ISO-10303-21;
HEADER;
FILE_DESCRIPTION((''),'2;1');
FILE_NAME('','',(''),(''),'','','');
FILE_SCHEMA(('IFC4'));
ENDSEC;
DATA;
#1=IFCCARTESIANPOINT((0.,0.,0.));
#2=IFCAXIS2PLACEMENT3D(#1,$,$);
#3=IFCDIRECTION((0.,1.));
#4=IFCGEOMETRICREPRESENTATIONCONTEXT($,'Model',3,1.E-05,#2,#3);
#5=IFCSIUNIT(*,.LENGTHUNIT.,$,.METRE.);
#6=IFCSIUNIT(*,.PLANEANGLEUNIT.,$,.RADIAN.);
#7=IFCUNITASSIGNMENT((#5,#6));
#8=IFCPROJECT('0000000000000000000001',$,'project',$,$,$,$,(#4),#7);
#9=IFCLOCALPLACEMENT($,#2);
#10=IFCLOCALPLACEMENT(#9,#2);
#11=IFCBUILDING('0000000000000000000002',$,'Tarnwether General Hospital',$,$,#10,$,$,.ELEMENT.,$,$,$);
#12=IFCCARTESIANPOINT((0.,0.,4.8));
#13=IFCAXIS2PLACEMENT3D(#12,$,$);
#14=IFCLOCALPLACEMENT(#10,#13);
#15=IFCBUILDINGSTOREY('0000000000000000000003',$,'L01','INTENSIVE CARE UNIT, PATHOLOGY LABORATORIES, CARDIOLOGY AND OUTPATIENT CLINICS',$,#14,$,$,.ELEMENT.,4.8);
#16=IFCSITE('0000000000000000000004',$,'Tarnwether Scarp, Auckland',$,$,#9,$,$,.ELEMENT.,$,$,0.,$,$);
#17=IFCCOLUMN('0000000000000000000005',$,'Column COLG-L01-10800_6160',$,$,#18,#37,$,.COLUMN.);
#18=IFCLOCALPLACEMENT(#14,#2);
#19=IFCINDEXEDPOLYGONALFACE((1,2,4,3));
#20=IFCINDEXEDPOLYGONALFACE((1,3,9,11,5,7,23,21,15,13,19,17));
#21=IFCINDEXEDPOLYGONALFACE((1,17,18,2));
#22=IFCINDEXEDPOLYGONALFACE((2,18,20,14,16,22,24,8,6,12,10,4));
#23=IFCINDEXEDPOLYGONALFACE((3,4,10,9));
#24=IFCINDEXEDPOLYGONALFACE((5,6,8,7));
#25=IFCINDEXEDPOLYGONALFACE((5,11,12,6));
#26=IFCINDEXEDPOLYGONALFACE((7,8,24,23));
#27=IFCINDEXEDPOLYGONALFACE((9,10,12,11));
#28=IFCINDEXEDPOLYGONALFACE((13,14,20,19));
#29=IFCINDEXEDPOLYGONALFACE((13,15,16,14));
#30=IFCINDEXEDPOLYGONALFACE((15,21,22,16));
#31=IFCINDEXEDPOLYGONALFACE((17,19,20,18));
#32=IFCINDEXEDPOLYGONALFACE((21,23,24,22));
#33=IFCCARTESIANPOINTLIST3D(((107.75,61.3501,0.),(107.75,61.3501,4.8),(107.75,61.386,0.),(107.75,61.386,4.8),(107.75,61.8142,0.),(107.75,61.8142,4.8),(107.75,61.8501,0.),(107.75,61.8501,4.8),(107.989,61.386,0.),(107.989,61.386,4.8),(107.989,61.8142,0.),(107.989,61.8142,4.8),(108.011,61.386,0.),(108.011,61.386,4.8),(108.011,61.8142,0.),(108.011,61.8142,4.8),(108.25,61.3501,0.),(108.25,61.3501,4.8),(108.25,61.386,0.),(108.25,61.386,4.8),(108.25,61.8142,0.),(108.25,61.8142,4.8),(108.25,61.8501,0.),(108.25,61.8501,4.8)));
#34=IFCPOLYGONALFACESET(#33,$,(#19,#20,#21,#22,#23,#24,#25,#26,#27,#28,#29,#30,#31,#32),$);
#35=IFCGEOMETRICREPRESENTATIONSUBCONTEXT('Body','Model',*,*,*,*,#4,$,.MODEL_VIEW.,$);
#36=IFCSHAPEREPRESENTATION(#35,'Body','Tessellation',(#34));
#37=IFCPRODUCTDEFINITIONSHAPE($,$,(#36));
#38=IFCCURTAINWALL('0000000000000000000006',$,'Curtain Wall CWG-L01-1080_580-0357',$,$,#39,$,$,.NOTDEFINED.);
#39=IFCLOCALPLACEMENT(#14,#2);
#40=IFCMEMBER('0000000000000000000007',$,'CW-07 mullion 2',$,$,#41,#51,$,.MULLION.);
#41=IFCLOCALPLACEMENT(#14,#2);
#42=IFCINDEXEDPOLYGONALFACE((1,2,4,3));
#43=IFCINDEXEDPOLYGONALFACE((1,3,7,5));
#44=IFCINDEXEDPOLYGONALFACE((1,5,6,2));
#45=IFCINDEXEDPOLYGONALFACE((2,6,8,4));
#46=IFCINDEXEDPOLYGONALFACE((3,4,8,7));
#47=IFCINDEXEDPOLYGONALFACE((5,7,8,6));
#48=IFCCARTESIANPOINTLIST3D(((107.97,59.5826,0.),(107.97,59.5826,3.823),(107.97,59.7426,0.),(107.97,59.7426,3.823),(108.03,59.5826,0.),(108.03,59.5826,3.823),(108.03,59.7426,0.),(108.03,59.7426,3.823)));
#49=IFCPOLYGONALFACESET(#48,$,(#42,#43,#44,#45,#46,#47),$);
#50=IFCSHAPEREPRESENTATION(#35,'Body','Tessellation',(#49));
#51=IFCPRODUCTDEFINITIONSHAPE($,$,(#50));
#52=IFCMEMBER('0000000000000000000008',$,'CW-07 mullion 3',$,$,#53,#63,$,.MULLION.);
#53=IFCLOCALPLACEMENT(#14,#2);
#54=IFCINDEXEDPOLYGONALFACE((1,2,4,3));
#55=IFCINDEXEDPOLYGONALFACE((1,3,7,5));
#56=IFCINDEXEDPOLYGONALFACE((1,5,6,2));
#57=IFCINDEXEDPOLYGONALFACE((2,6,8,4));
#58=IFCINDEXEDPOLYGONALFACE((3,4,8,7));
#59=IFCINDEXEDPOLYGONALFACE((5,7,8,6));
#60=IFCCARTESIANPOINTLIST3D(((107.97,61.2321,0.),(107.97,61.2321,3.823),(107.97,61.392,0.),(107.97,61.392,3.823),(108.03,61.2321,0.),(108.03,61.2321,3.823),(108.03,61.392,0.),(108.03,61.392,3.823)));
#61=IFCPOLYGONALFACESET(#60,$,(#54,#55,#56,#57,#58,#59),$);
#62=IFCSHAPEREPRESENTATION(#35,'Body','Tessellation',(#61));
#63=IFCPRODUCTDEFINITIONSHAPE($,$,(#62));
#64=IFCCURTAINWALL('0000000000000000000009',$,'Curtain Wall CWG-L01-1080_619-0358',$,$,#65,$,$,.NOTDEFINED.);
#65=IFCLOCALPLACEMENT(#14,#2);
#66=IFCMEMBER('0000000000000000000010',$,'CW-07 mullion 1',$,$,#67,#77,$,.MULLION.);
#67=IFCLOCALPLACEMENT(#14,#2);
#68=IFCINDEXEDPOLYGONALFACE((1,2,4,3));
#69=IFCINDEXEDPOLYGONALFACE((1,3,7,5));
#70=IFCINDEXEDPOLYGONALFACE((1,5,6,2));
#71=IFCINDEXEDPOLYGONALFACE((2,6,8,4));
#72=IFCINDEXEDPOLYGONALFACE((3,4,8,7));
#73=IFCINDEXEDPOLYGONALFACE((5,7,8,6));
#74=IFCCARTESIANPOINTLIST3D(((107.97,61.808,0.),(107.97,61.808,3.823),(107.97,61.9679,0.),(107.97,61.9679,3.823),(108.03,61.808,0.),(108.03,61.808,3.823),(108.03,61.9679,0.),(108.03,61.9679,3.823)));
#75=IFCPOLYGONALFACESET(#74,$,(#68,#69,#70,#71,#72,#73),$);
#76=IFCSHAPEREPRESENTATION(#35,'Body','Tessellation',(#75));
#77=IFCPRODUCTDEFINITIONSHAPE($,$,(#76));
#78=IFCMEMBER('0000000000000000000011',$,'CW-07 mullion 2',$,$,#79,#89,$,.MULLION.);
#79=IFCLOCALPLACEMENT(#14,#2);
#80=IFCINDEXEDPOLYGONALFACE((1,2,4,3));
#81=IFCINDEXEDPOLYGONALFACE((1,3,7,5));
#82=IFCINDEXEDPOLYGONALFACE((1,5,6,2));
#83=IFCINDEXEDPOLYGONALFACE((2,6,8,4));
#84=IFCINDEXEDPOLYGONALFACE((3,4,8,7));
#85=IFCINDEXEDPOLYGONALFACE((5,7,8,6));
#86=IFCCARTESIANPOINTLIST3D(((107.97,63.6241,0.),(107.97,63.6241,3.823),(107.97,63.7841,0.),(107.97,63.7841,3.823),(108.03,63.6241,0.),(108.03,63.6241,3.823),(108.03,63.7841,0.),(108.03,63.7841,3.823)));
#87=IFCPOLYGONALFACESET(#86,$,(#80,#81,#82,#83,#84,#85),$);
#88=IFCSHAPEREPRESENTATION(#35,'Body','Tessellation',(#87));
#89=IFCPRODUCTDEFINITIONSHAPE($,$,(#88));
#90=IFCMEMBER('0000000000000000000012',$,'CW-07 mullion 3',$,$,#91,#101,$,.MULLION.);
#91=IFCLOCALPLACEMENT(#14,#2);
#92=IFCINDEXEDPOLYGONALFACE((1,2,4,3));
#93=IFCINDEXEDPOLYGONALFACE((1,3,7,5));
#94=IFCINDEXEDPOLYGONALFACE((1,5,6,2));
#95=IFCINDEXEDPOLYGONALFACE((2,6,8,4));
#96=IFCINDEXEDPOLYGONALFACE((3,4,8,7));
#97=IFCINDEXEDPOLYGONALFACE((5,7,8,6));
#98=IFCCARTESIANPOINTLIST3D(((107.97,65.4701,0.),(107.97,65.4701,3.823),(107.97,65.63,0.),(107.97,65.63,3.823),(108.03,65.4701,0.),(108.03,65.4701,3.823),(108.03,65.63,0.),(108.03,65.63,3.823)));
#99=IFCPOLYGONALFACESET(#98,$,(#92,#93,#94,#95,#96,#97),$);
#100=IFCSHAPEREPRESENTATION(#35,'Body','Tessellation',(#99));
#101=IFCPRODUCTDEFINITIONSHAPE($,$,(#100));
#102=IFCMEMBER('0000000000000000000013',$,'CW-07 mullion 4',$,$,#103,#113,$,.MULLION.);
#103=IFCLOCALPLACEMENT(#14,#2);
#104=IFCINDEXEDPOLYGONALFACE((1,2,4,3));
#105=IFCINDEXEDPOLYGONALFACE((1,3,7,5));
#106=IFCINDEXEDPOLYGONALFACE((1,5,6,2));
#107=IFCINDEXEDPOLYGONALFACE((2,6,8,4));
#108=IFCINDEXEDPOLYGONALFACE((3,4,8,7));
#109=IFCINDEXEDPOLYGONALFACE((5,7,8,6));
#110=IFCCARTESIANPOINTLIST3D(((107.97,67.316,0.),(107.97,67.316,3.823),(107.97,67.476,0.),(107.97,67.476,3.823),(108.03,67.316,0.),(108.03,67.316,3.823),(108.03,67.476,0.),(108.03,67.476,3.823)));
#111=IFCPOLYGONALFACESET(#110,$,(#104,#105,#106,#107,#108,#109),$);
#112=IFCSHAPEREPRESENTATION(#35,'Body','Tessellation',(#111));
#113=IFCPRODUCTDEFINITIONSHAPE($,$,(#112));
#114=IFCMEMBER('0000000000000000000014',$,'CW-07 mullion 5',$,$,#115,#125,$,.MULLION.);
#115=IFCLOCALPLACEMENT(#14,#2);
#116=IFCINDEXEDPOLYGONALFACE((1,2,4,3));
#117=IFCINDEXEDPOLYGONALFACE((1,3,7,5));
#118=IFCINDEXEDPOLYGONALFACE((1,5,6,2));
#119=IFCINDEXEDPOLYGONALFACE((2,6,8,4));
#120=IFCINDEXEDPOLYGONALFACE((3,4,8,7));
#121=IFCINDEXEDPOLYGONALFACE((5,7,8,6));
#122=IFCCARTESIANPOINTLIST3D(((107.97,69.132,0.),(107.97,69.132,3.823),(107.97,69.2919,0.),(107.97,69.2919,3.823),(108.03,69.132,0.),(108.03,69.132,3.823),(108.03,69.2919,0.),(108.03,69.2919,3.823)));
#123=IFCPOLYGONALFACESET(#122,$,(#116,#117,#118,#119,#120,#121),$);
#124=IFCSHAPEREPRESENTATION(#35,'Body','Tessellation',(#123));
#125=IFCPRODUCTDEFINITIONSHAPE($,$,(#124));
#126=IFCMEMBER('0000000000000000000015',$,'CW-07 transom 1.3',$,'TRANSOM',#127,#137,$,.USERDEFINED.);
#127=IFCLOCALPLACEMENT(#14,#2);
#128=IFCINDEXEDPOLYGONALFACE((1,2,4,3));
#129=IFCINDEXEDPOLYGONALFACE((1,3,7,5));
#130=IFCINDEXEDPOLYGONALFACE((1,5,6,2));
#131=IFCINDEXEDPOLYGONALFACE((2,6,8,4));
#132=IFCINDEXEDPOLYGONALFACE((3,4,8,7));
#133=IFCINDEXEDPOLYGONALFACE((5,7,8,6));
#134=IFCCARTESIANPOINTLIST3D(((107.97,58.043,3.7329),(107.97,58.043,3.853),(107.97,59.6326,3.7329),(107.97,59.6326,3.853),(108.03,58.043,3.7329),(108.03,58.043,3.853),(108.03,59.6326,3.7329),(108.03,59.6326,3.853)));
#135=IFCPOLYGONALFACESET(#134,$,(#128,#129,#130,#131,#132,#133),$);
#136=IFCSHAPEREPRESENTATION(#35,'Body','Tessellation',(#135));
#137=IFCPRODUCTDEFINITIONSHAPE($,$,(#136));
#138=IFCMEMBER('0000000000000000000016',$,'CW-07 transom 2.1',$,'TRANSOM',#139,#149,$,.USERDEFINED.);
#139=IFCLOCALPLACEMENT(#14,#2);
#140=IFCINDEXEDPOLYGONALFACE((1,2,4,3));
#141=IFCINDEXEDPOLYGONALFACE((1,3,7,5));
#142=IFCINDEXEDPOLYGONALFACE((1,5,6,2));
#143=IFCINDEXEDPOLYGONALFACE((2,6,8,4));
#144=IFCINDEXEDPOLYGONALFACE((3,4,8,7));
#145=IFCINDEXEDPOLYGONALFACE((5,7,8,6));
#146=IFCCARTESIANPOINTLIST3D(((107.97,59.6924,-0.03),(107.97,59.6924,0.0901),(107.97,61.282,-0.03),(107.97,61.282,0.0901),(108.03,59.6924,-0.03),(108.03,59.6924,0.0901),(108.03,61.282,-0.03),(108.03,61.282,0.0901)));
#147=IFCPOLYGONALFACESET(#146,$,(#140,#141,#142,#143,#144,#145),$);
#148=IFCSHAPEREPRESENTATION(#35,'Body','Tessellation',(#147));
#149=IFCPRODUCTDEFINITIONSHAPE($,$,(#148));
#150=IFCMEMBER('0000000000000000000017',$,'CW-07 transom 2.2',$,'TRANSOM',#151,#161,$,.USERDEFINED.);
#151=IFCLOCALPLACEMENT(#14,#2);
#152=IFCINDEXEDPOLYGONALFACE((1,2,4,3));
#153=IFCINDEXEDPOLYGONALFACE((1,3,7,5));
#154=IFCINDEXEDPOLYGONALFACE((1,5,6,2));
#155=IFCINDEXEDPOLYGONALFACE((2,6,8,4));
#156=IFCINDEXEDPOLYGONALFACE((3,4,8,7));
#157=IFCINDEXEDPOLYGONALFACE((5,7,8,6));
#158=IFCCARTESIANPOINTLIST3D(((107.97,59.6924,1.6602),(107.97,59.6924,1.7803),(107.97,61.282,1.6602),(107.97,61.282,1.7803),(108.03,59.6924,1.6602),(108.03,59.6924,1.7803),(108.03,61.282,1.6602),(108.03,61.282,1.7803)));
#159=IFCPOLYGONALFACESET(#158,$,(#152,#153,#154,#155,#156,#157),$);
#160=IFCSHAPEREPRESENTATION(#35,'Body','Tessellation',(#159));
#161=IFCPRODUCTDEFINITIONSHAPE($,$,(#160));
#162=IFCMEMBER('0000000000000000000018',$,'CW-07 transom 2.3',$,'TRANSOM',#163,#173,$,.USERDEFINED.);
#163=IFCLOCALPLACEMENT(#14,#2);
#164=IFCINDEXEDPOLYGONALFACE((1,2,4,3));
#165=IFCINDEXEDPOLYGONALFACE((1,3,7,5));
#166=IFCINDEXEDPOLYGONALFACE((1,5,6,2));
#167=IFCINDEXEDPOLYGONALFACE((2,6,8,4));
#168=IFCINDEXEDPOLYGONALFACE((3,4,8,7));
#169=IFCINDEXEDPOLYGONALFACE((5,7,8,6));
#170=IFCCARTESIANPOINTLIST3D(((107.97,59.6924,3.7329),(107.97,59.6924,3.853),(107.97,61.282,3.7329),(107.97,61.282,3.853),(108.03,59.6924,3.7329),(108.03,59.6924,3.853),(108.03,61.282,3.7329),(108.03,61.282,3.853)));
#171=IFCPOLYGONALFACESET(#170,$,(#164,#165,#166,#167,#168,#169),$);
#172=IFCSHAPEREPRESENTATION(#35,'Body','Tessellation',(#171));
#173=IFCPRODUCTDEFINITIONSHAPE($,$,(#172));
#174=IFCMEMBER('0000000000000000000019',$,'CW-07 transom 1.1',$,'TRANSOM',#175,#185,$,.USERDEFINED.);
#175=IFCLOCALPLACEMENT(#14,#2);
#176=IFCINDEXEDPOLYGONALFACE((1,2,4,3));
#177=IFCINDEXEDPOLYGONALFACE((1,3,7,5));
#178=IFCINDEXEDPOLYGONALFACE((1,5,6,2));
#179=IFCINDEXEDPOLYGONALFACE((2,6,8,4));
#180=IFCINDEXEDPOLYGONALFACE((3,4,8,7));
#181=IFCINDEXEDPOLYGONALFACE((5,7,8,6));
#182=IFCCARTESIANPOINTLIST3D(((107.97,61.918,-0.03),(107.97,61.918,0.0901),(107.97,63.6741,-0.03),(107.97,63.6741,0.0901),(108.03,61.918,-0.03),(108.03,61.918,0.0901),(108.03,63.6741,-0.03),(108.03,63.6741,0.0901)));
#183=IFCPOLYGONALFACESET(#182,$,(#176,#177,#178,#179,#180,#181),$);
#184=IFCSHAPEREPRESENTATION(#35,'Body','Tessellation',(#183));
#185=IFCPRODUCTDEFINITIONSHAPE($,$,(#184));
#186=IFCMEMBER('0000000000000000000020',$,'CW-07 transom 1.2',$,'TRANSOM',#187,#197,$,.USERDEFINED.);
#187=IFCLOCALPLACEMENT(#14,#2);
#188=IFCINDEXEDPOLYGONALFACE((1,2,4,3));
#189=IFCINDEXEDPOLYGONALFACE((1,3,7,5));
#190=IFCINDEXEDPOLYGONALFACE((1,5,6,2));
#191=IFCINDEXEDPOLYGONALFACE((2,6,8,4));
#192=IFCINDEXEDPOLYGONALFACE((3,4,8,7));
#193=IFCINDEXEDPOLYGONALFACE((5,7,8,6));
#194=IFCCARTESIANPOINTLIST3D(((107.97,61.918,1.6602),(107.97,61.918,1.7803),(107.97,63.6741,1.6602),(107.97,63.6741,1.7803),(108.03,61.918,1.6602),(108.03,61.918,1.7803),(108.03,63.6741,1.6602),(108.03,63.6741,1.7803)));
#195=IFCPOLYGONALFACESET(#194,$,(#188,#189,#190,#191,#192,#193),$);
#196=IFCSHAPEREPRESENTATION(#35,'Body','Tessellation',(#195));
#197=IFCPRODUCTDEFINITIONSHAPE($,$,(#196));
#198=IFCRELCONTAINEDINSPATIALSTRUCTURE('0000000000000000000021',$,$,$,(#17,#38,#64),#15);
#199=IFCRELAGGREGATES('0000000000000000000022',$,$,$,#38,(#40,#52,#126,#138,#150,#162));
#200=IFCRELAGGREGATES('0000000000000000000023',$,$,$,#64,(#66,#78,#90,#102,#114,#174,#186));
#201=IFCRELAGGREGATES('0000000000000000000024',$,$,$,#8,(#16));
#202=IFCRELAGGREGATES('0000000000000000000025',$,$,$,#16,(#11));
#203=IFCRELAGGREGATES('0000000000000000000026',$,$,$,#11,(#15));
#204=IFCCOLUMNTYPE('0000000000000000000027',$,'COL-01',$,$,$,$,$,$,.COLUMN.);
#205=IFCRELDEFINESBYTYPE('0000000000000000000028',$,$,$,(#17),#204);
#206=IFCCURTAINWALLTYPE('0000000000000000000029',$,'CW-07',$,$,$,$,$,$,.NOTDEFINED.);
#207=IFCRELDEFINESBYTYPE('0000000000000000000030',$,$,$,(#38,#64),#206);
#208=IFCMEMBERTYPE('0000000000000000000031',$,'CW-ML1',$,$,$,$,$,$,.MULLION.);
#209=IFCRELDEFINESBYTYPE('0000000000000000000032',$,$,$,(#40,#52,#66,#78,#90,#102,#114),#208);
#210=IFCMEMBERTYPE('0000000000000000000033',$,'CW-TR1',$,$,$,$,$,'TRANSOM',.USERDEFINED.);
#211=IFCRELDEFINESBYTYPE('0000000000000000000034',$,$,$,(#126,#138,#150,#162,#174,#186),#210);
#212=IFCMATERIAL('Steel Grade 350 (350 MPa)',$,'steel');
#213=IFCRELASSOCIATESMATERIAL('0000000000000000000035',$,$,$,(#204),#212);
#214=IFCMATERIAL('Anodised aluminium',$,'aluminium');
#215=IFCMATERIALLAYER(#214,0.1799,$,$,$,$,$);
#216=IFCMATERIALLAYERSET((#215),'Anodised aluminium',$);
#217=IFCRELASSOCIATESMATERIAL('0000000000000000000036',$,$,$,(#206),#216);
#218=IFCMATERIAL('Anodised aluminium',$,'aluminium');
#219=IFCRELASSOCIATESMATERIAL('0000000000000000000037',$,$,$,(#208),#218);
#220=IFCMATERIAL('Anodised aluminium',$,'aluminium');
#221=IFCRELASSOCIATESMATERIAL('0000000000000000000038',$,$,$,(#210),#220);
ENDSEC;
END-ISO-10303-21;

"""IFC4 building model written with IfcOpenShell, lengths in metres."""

from ifc_helpers import new_model, si_unit, direction, frame, origin, origin_2d, place, context, subcontext, project, spatial, rectangle, i_section, extrude, material, layer, layer_set, material_profile, profile_set, type_object, element, aggregate, save


model = new_model("IFC4")

# Units and contexts
model_context = context("Model", 3, precision=1e-05, world=origin(), true_north=direction((0.0, 1.0)))
body_context = subcontext(model_context, "Body", "Model", "MODEL_VIEW")
ifc_project = project(units=[si_unit("LENGTHUNIT", "METRE"), si_unit("PLANEANGLEUNIT", "RADIAN")], contexts=[model_context])

# Site, building, storey
site_placement = place(None, origin())
site = spatial("IfcSite", under=ifc_project, at=site_placement, Name="Tarnwether Scarp, Auckland", CompositionType="ELEMENT", RefElevation=0.0)
building_placement = place(site_placement, origin())
building = spatial("IfcBuilding", under=site, at=building_placement, Name="Tarnwether General Hospital", CompositionType="ELEMENT")
storey_placement = place(building_placement, frame((0.0, 0.0, 4.8)))
storey = spatial("IfcBuildingStorey", under=building, at=storey_placement, Name="L01", Description="INTENSIVE CARE UNIT, PATHOLOGY LABORATORIES, CARDIOLOGY AND OUTPATIENT CLINICS", CompositionType="ELEMENT", Elevation=4.8)

# Column
ifc_material_1 = material(Name="Steel Grade 350 (350 MPa)", Category="steel")
ifc_material_profile_1 = material_profile(ifc_material_1, i_section(OverallWidth=0.5, OverallDepth=0.5, WebThickness=0.022, FlangeThickness=0.0359, at=origin_2d()), Name="500WC380")
ifc_profile_set_1 = profile_set([ifc_material_profile_1], Name="Steel Grade 350 (350 MPa)")
column_type = type_object("IfcColumnType", Name="COL-01", PredefinedType="COLUMN", material=ifc_profile_set_1)
column_placement = place(storey_placement, frame((108.0, 61.6001, 0.0), z_axis=(0.0, 0.0, 1.0), x_axis=(1.0, 0.0, 0.0)))
element("IfcColumn", 1, at=column_placement, inside=storey, type_object=column_type, Name="Column COLG-L01-10800_6160", PredefinedType="COLUMN", context=body_context, shape_type="SweptSolid", body=[
    extrude(i_section(OverallWidth=0.5, OverallDepth=0.5, WebThickness=0.022, FlangeThickness=0.0359, at=origin_2d()), origin(), (0.0, 0.0, 1.0), 4.8),
])

# Curtain walls, members
ifc_material_2 = material(Name="Anodised aluminium", Category="aluminium")
ifc_layer_1 = layer(ifc_material_2, 0.1799)
ifc_layer_set_1 = layer_set([ifc_layer_1], Name="Anodised aluminium")
curtain_wall_type = type_object("IfcCurtainWallType", Name="CW-07", PredefinedType="NOTDEFINED", material=ifc_layer_set_1)
curtain_wall_1_placement = place(storey_placement, origin())
curtain_wall_1 = element("IfcCurtainWall", 2, at=curtain_wall_1_placement, inside=storey, type_object=curtain_wall_type, Name="Curtain Wall CWG-L01-1080_580-0357", PredefinedType="NOTDEFINED")
ifc_material_3 = material(Name="Anodised aluminium", Category="aluminium")
ifc_material_profile_2 = material_profile(ifc_material_3, rectangle(XDim=0.0601, YDim=0.1599, at=origin_2d()), Name="ALU-MUL-60x160")
ifc_profile_set_2 = profile_set([ifc_material_profile_2], Name="Anodised aluminium")
member_type_1 = type_object("IfcMemberType", Name="CW-ML1", PredefinedType="MULLION", material=ifc_profile_set_2)
member_1_placement = place(storey_placement, frame((108.0, 59.6626, 0.0), z_axis=(0.0, 0.0, 1.0), x_axis=(-1.0, 0.0, 0.0)))
member_1 = element("IfcMember", 3, at=member_1_placement, type_object=member_type_1, Name="CW-07 mullion 2", PredefinedType="MULLION", context=body_context, shape_type="SweptSolid", body=[
    extrude(rectangle(XDim=0.0601, YDim=0.1599, at=origin_2d()), origin(), (0.0, 0.0, 1.0), 3.823),
])
member_2_placement = place(storey_placement, frame((108.0, 61.312, 0.0), z_axis=(0.0, 0.0, 1.0), x_axis=(-1.0, 0.0, 0.0)))
member_2 = element("IfcMember", 4, at=member_2_placement, type_object=member_type_1, Name="CW-07 mullion 3", PredefinedType="MULLION", context=body_context, shape_type="SweptSolid", body=[
    extrude(rectangle(XDim=0.0601, YDim=0.1599, at=origin_2d()), origin(), (0.0, 0.0, 1.0), 3.823),
])
curtain_wall_2_placement = place(storey_placement, origin())
curtain_wall_2 = element("IfcCurtainWall", 5, at=curtain_wall_2_placement, inside=storey, type_object=curtain_wall_type, Name="Curtain Wall CWG-L01-1080_619-0358", PredefinedType="NOTDEFINED")
member_3_placement = place(storey_placement, frame((108.0, 61.8879, 0.0), z_axis=(0.0, 0.0, 1.0), x_axis=(-1.0, 0.0, 0.0)))
member_3 = element("IfcMember", 6, at=member_3_placement, type_object=member_type_1, Name="CW-07 mullion 1", PredefinedType="MULLION", context=body_context, shape_type="SweptSolid", body=[
    extrude(rectangle(XDim=0.0601, YDim=0.1599, at=origin_2d()), origin(), (0.0, 0.0, 1.0), 3.823),
])
member_4_placement = place(storey_placement, frame((108.0, 63.7041, 0.0), z_axis=(0.0, 0.0, 1.0), x_axis=(-1.0, 0.0, 0.0)))
member_4 = element("IfcMember", 7, at=member_4_placement, type_object=member_type_1, Name="CW-07 mullion 2", PredefinedType="MULLION", context=body_context, shape_type="SweptSolid", body=[
    extrude(rectangle(XDim=0.0601, YDim=0.1599, at=origin_2d()), origin(), (0.0, 0.0, 1.0), 3.823),
])
member_5_placement = place(storey_placement, frame((108.0, 65.55, 0.0), z_axis=(0.0, 0.0, 1.0), x_axis=(-1.0, 0.0, 0.0)))
member_5 = element("IfcMember", 8, at=member_5_placement, type_object=member_type_1, Name="CW-07 mullion 3", PredefinedType="MULLION", context=body_context, shape_type="SweptSolid", body=[
    extrude(rectangle(XDim=0.0601, YDim=0.1599, at=origin_2d()), origin(), (0.0, 0.0, 1.0), 3.823),
])
member_6_placement = place(storey_placement, frame((108.0, 67.396, 0.0), z_axis=(0.0, 0.0, 1.0), x_axis=(-1.0, 0.0, 0.0)))
member_6 = element("IfcMember", 9, at=member_6_placement, type_object=member_type_1, Name="CW-07 mullion 4", PredefinedType="MULLION", context=body_context, shape_type="SweptSolid", body=[
    extrude(rectangle(XDim=0.0601, YDim=0.1599, at=origin_2d()), origin(), (0.0, 0.0, 1.0), 3.823),
])
member_7_placement = place(storey_placement, frame((108.0, 69.2119, 0.0), z_axis=(0.0, 0.0, 1.0), x_axis=(-1.0, 0.0, 0.0)))
member_7 = element("IfcMember", 10, at=member_7_placement, type_object=member_type_1, Name="CW-07 mullion 5", PredefinedType="MULLION", context=body_context, shape_type="SweptSolid", body=[
    extrude(rectangle(XDim=0.0601, YDim=0.1599, at=origin_2d()), origin(), (0.0, 0.0, 1.0), 3.823),
])

# Members
ifc_material_4 = material(Name="Anodised aluminium", Category="aluminium")
ifc_material_profile_3 = material_profile(ifc_material_4, rectangle(XDim=0.0601, YDim=0.1201, at=origin_2d()), Name="ALU-TRN-60x120")
ifc_profile_set_3 = profile_set([ifc_material_profile_3], Name="Anodised aluminium")
member_type_2 = type_object("IfcMemberType", Name="CW-TR1", ElementType="TRANSOM", PredefinedType="USERDEFINED", material=ifc_profile_set_3)
member_8_placement = place(storey_placement, frame((108.0, 58.043, 3.793), z_axis=(0.0, 1.0, 0.0), x_axis=(-1.0, 0.0, 0.0)))
member_8 = element("IfcMember", 11, at=member_8_placement, type_object=member_type_2, Name="CW-07 transom 1.3", ObjectType="TRANSOM", PredefinedType="USERDEFINED", context=body_context, shape_type="SweptSolid", body=[
    extrude(rectangle(XDim=0.0601, YDim=0.1201, at=origin_2d()), origin(), (0.0, 0.0, 1.0), 1.5896),
])
member_9_placement = place(storey_placement, frame((108.0, 59.6924, 0.03), z_axis=(0.0, 1.0, 0.0), x_axis=(-1.0, 0.0, 0.0)))
member_9 = element("IfcMember", 12, at=member_9_placement, type_object=member_type_2, Name="CW-07 transom 2.1", ObjectType="TRANSOM", PredefinedType="USERDEFINED", context=body_context, shape_type="SweptSolid", body=[
    extrude(rectangle(XDim=0.0601, YDim=0.1201, at=origin_2d()), origin(), (0.0, 0.0, 1.0), 1.5896),
])
member_10_placement = place(storey_placement, frame((108.0, 59.6924, 1.7202), z_axis=(0.0, 1.0, 0.0), x_axis=(-1.0, 0.0, 0.0)))
member_10 = element("IfcMember", 13, at=member_10_placement, type_object=member_type_2, Name="CW-07 transom 2.2", ObjectType="TRANSOM", PredefinedType="USERDEFINED", context=body_context, shape_type="SweptSolid", body=[
    extrude(rectangle(XDim=0.0601, YDim=0.1201, at=origin_2d()), origin(), (0.0, 0.0, 1.0), 1.5896),
])
member_11_placement = place(storey_placement, frame((108.0, 59.6924, 3.793), z_axis=(0.0, 1.0, 0.0), x_axis=(-1.0, 0.0, 0.0)))
member_11 = element("IfcMember", 14, at=member_11_placement, type_object=member_type_2, Name="CW-07 transom 2.3", ObjectType="TRANSOM", PredefinedType="USERDEFINED", context=body_context, shape_type="SweptSolid", body=[
    extrude(rectangle(XDim=0.0601, YDim=0.1201, at=origin_2d()), origin(), (0.0, 0.0, 1.0), 1.5896),
])
member_12_placement = place(storey_placement, frame((108.0, 61.918, 0.03), z_axis=(0.0, 1.0, 0.0), x_axis=(-1.0, 0.0, 0.0)))
member_12 = element("IfcMember", 15, at=member_12_placement, type_object=member_type_2, Name="CW-07 transom 1.1", ObjectType="TRANSOM", PredefinedType="USERDEFINED", context=body_context, shape_type="SweptSolid", body=[
    extrude(rectangle(XDim=0.0601, YDim=0.1201, at=origin_2d()), origin(), (0.0, 0.0, 1.0), 1.7561),
])
member_13_placement = place(storey_placement, frame((108.0, 61.918, 1.7202), z_axis=(0.0, 1.0, 0.0), x_axis=(-1.0, 0.0, 0.0)))
member_13 = element("IfcMember", 16, at=member_13_placement, type_object=member_type_2, Name="CW-07 transom 1.2", ObjectType="TRANSOM", PredefinedType="USERDEFINED", context=body_context, shape_type="SweptSolid", body=[
    extrude(rectangle(XDim=0.0601, YDim=0.1201, at=origin_2d()), origin(), (0.0, 0.0, 1.0), 1.7561),
])

aggregate(curtain_wall_1, [member_1, member_2, member_8, member_9, member_10, member_11])
aggregate(curtain_wall_2, [member_3, member_4, member_5, member_6, member_7, member_12, member_13])

save(model, "model.ifc")
